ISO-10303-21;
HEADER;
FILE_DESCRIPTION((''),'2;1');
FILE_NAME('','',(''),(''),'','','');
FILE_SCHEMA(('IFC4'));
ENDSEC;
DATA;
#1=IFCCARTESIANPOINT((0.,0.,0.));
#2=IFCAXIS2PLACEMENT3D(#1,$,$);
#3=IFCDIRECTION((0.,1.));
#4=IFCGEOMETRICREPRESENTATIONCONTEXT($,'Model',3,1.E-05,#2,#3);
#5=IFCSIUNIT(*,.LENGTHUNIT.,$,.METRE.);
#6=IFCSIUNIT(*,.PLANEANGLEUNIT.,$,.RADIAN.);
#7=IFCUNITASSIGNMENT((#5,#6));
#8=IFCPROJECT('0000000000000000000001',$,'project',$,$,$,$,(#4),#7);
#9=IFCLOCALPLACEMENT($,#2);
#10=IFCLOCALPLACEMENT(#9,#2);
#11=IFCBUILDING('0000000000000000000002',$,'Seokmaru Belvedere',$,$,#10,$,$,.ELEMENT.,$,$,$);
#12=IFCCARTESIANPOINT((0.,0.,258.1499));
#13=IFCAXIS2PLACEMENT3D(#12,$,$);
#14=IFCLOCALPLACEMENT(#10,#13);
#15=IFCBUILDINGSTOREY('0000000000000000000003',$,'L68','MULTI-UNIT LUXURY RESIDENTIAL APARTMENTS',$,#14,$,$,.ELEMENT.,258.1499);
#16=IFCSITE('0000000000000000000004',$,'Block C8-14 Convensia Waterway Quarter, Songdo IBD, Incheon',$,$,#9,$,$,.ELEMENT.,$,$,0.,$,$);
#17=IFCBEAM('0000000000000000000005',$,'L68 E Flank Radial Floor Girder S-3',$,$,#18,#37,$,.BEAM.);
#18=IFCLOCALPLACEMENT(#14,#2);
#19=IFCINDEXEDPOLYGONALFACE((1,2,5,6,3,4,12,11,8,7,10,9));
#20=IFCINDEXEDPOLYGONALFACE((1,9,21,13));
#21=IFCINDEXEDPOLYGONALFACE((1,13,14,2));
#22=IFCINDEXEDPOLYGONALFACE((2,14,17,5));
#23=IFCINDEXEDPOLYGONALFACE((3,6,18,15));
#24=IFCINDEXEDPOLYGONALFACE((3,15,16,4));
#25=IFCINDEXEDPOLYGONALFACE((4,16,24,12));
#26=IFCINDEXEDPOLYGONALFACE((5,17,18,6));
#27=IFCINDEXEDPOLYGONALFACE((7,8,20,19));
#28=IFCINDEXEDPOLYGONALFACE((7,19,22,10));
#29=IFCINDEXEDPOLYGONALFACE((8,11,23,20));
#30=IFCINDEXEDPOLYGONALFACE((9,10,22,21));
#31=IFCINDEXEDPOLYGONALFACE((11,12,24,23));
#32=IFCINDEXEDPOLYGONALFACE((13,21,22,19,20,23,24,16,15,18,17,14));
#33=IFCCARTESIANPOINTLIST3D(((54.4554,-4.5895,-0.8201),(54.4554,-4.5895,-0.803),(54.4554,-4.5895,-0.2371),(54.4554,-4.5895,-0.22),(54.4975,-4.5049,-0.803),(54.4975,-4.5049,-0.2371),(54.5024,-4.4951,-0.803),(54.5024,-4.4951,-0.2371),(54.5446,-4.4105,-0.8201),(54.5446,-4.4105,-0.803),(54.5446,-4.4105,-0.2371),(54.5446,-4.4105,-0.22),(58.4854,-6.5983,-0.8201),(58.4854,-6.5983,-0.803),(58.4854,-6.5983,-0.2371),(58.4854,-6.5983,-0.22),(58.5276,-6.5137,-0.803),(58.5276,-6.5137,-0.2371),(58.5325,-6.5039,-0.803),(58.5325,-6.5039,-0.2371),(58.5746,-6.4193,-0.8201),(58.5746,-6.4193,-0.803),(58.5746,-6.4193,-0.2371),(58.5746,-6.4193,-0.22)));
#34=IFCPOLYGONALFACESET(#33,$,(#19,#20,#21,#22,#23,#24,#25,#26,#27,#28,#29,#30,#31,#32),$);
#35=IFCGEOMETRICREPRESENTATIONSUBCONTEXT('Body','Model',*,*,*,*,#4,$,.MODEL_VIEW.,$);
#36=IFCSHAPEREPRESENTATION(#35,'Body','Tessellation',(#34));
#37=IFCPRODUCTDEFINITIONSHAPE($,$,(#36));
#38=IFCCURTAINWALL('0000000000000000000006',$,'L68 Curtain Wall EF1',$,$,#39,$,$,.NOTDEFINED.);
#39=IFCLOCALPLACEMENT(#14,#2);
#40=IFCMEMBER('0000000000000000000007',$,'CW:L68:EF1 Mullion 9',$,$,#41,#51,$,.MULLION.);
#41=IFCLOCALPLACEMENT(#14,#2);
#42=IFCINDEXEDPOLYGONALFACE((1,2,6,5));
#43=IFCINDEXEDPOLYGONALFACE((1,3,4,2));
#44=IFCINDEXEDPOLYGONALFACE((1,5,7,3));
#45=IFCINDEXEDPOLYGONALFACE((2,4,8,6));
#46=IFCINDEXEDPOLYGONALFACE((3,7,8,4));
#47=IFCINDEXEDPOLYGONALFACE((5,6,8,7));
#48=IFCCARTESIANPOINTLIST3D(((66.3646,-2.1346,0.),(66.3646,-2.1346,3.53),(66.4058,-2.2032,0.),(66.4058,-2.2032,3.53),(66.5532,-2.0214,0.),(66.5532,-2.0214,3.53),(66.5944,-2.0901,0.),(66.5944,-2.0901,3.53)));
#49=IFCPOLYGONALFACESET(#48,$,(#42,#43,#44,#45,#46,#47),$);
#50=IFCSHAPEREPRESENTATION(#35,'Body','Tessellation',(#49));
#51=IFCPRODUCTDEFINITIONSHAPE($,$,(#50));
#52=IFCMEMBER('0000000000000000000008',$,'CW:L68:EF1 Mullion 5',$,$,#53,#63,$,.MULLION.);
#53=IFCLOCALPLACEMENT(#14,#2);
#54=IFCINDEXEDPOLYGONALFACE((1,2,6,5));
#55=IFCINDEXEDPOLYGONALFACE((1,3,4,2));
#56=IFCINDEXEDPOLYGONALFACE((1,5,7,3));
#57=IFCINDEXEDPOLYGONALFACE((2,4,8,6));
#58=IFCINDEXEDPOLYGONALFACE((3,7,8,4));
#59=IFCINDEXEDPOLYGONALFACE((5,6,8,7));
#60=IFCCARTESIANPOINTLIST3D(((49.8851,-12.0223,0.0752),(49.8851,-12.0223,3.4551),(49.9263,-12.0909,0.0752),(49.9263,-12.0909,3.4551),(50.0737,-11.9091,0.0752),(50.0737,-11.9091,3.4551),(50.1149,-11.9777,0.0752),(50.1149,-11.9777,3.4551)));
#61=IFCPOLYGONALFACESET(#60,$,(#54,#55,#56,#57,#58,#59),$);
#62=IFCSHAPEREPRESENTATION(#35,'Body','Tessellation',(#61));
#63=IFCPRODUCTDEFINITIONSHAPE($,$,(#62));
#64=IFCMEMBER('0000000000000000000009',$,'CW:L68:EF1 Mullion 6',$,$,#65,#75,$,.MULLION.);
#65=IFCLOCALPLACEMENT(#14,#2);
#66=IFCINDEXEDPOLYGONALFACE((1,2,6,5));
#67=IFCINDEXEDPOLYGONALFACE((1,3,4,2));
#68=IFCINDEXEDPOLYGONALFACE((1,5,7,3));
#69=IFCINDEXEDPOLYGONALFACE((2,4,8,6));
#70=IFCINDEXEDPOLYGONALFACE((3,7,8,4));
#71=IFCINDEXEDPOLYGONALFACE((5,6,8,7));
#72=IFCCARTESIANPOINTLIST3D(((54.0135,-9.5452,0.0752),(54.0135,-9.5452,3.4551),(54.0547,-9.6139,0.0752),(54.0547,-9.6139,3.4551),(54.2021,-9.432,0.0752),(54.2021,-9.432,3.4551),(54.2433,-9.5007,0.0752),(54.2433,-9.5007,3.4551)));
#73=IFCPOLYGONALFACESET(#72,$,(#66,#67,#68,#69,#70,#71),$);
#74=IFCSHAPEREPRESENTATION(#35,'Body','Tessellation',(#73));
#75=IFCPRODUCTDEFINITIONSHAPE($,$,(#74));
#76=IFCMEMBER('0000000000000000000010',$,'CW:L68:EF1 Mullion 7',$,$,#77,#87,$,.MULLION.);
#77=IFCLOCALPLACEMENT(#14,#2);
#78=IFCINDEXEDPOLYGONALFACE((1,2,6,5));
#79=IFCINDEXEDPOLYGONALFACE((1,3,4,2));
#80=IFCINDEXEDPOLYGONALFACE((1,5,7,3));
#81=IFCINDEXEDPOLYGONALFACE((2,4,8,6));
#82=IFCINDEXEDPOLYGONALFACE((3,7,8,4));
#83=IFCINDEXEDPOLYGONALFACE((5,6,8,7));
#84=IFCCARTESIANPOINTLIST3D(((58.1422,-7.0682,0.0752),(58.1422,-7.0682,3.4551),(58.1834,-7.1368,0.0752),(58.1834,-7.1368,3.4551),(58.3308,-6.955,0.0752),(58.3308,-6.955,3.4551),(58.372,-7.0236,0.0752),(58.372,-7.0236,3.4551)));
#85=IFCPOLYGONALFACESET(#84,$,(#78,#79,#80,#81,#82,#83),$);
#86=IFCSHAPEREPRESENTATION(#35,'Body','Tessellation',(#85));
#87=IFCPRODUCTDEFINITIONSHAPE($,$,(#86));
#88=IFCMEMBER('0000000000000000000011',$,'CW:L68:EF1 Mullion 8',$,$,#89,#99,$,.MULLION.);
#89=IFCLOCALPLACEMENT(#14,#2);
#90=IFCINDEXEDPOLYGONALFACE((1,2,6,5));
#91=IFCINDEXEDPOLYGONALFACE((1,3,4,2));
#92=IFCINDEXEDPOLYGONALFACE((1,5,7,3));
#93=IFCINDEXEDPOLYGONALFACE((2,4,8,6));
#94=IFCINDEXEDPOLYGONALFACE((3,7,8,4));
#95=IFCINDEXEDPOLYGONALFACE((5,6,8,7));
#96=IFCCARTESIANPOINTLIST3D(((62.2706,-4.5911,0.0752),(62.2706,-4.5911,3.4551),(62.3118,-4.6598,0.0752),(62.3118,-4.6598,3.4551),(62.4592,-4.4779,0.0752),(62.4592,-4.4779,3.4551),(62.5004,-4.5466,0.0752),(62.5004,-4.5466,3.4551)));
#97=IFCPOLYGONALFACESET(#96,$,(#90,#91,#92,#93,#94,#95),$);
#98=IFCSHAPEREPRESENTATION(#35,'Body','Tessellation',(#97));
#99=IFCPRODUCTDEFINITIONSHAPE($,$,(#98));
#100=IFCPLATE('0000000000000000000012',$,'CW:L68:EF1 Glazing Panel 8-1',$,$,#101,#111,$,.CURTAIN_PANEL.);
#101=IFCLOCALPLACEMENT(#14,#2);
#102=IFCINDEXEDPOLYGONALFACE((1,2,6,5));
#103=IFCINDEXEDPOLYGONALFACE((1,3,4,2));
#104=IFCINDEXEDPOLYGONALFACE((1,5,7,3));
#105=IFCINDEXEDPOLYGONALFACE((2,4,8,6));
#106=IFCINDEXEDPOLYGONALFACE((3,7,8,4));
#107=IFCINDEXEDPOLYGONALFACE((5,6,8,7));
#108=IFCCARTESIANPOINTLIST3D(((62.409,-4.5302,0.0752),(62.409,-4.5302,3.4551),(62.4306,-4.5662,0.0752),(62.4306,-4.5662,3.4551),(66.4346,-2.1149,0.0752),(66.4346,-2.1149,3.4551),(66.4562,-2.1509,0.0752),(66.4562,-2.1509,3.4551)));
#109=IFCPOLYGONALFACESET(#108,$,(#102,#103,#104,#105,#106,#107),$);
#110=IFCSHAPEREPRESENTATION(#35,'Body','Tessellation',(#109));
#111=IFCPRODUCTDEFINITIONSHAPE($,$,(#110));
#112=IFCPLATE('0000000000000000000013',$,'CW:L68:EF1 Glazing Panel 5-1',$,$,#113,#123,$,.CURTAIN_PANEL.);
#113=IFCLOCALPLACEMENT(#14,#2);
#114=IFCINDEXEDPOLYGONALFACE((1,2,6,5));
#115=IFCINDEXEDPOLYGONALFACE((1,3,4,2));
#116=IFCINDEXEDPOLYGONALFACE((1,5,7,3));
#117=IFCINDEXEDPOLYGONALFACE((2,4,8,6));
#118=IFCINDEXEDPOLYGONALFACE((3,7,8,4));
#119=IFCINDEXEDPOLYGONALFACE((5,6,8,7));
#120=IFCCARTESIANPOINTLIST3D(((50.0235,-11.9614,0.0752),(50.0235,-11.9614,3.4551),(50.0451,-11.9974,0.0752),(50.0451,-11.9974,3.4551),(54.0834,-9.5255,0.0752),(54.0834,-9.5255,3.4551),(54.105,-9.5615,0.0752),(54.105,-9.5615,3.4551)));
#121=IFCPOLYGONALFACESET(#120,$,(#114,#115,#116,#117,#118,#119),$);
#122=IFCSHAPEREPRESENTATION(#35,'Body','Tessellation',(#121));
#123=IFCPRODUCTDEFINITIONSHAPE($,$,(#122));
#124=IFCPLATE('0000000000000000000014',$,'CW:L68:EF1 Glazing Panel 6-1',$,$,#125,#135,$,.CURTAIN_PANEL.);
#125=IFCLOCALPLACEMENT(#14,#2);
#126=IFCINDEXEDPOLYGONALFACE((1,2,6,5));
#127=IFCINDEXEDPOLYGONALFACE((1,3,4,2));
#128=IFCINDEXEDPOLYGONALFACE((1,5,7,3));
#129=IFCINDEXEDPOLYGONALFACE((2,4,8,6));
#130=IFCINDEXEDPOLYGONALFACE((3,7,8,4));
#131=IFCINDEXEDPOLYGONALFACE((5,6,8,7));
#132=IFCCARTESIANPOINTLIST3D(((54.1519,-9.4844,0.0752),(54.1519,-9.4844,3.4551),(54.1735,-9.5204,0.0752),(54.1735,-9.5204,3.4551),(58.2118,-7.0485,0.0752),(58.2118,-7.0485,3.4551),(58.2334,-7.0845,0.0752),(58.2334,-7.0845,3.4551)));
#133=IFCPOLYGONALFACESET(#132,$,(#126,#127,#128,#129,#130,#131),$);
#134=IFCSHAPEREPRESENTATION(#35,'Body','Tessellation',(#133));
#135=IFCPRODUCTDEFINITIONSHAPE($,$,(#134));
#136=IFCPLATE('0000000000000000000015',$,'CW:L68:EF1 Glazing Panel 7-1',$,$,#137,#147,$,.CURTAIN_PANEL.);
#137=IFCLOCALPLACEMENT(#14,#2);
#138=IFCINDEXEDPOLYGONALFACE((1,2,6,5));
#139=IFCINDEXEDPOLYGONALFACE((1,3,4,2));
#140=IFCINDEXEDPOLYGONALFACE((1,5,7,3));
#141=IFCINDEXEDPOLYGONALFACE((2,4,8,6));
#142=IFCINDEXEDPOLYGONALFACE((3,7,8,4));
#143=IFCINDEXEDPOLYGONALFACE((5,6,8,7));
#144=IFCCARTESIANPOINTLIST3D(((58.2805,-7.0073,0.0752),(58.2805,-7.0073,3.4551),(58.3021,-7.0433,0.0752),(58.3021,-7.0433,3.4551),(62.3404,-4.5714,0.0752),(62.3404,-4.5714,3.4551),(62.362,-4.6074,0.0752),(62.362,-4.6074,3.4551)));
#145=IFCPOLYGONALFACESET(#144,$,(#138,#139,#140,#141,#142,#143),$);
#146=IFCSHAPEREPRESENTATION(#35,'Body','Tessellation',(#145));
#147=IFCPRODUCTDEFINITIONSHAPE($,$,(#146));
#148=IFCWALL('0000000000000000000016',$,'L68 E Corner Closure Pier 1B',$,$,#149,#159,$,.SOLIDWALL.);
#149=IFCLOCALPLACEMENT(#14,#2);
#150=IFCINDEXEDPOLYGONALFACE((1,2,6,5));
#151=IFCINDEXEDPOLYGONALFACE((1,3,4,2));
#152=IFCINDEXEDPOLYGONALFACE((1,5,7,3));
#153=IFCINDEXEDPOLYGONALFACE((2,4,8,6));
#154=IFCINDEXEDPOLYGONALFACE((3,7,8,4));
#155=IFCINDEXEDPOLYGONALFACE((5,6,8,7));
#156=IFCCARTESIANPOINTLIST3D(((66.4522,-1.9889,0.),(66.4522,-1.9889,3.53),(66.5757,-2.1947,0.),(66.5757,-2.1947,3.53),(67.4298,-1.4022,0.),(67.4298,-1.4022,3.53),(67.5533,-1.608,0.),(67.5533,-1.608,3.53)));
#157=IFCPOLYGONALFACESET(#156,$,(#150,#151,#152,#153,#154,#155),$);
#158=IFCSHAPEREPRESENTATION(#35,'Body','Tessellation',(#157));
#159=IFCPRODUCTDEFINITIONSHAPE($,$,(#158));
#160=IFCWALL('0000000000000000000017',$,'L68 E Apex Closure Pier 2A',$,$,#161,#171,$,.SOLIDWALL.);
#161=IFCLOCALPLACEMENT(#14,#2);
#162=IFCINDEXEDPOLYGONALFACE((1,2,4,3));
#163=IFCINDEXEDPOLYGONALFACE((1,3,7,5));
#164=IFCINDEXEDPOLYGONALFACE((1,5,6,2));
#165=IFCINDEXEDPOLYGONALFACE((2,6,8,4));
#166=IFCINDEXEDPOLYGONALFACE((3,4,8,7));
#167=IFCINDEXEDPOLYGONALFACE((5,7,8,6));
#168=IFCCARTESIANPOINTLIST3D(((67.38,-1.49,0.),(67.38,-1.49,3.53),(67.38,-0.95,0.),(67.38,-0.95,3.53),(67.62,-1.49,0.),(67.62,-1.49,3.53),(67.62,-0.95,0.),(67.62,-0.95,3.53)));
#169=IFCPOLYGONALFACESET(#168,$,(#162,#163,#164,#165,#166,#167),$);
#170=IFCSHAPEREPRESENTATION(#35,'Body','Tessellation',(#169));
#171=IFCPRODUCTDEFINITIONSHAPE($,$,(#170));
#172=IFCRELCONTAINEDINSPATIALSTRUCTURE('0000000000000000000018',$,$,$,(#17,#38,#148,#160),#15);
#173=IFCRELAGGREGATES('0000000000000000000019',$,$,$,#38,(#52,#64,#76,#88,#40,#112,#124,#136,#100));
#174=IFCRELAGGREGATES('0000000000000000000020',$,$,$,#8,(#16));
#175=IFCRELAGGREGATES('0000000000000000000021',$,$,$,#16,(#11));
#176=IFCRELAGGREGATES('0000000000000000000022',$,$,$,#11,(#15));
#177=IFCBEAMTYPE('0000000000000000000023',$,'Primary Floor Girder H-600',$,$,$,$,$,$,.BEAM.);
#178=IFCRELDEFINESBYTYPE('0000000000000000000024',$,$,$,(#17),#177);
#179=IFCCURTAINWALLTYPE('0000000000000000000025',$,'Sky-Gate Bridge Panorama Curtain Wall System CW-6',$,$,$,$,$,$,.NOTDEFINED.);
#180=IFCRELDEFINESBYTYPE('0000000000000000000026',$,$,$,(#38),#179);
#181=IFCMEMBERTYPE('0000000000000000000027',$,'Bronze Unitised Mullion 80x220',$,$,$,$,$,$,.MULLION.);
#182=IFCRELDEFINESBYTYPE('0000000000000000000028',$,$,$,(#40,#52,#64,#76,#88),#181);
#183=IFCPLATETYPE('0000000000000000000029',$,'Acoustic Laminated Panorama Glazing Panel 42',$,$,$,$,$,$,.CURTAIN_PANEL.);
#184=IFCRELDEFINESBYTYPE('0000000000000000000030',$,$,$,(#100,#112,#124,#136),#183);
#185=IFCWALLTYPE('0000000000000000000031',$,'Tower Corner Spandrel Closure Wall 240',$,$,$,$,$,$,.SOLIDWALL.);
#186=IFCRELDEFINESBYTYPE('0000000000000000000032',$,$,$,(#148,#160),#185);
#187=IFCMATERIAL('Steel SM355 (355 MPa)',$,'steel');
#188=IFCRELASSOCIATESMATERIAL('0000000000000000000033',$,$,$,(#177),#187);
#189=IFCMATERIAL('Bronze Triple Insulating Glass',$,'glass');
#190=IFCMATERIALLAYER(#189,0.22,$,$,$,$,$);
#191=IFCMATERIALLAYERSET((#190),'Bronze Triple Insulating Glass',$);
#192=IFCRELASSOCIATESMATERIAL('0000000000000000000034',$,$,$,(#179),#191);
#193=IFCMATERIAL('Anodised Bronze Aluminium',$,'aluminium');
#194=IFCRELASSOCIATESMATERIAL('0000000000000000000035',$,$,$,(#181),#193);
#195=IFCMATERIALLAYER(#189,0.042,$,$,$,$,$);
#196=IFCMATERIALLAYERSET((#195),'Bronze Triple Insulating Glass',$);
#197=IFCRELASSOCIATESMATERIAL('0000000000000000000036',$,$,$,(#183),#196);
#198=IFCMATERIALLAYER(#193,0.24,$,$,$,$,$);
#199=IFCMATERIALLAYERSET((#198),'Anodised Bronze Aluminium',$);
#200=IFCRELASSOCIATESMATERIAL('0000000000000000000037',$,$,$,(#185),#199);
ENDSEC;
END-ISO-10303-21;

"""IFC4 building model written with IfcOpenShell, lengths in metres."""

from ifc_helpers import new_model, si_unit, direction, frame, frame_2d, origin, origin_2d, place, context, subcontext, project, spatial, rectangle, i_section, extrude, source, transform, mapped, material, layer, layer_set, material_profile, profile_set, type_object, type_shapes, element, aggregate, save


model = new_model("IFC4")

# Units and contexts
model_context = context("Model", 3, precision=1e-05, world=origin(), true_north=direction((0.0, 1.0)))
body_context = subcontext(model_context, "Body", "Model", "MODEL_VIEW")
ifc_project = project(units=[si_unit("LENGTHUNIT", "METRE"), si_unit("PLANEANGLEUNIT", "RADIAN")], contexts=[model_context])

# Site, building, storey
site_placement = place(None, origin())
site = spatial("IfcSite", under=ifc_project, at=site_placement, Name="Block C8-14 Convensia Waterway Quarter, Songdo IBD, Incheon", CompositionType="ELEMENT", RefElevation=0.0)
building_placement = place(site_placement, origin())
building = spatial("IfcBuilding", under=site, at=building_placement, Name="Seokmaru Belvedere", CompositionType="ELEMENT")
storey_placement = place(building_placement, frame((0.0, 0.0, 258.1499)))
storey = spatial("IfcBuildingStorey", under=building, at=storey_placement, Name="L68", Description="MULTI-UNIT LUXURY RESIDENTIAL APARTMENTS", CompositionType="ELEMENT", Elevation=258.1499)

# Shared definitions
ifc_material_1 = material(Name="Steel SM355 (355 MPa)", Category="steel")

# Beam
ifc_material_profile_1 = material_profile(ifc_material_1, i_section(OverallWidth=0.2, OverallDepth=0.6001, WebThickness=0.011, FlangeThickness=0.0171, at=origin_2d()), Name="H-600x200x11x17")
ifc_profile_set_1 = profile_set([ifc_material_profile_1], Name="Steel SM355 (355 MPa)")
beam_type_1 = type_object("IfcBeamType", Name="Primary Floor Girder H-600", PredefinedType="BEAM", material=ifc_profile_set_1)
shared_shape_1 = source(origin(), body_context, "Body", "SweptSolid", [
    extrude(i_section(OverallWidth=0.2, OverallDepth=0.6001, WebThickness=0.011, FlangeThickness=0.0171, at=origin_2d()), origin(), (0.0, 0.0, 1.0), 4.5029),
])
beam_1_placement = place(storey_placement, frame((58.53, -6.5088, -0.52), z_axis=(-0.89498, 0.446107, 0.0), x_axis=(-0.446107, -0.89498, 0.0)))
element("IfcBeam", 1, at=beam_1_placement, inside=storey, type_object=beam_type_1, Name="L68 E Flank Radial Floor Girder S-3", PredefinedType="BEAM", context=body_context, shape_type="MappedRepresentation", body=[
    mapped(shared_shape_1, transform((0.0, 0.0, 0.0), scale=1.0)),
])

# Curtain wall, members, plates
ifc_material_2 = material(Name="Bronze Triple Insulating Glass", Category="glass")
ifc_layer_1 = layer(ifc_material_2, 0.22)
ifc_layer_set_1 = layer_set([ifc_layer_1], Name="Bronze Triple Insulating Glass")
curtain_wall_type = type_object("IfcCurtainWallType", Name="Sky-Gate Bridge Panorama Curtain Wall System CW-6", PredefinedType="NOTDEFINED", material=ifc_layer_set_1)
curtain_wall_placement = place(storey_placement, origin())
curtain_wall = element("IfcCurtainWall", 2, at=curtain_wall_placement, inside=storey, type_object=curtain_wall_type, Name="L68 Curtain Wall EF1", PredefinedType="NOTDEFINED")
ifc_material_3 = material(Name="Anodised Bronze Aluminium", Category="aluminium")
ifc_material_profile_2 = material_profile(ifc_material_3, rectangle(XDim=0.0801, YDim=0.22, at=origin_2d()), Name="CW-M-80x220")
ifc_profile_set_2 = profile_set([ifc_material_profile_2], Name="Anodised Bronze Aluminium")
member_type = type_object("IfcMemberType", Name="Bronze Unitised Mullion 80x220", PredefinedType="MULLION", material=ifc_profile_set_2)
shared_shape_2 = source(origin(), body_context, "Body", "SweptSolid", [
    extrude(rectangle(XDim=0.0801, YDim=0.22, at=origin_2d()), origin(), (0.0, 0.0, 1.0), 3.53),
])
member_1_placement = place(storey_placement, frame((66.4795, -2.1123, 0.0), z_axis=(0.0, 0.0, 1.0), x_axis=(-0.514495, 0.857493, 0.0)))
member_1 = element("IfcMember", 3, at=member_1_placement, type_object=member_type, Name="CW:L68:EF1 Mullion 9", PredefinedType="MULLION", context=body_context, shape_type="MappedRepresentation", body=[
    mapped(shared_shape_2, transform((0.0, 0.0, 0.0), scale=1.0)),
])
shared_shape_3 = source(origin(), body_context, "Body", "SweptSolid", [
    extrude(rectangle(XDim=0.0801, YDim=0.22, at=origin_2d()), origin(), (0.0, 0.0, 1.0), 3.3799),
])
type_shapes(member_type, [shared_shape_2, shared_shape_3])
member_2_placement = place(storey_placement, frame((50.0, -12.0, 0.0752), z_axis=(0.0, 0.0, 1.0), x_axis=(-0.514495, 0.857493, 0.0)))
member_2 = element("IfcMember", 4, at=member_2_placement, type_object=member_type, Name="CW:L68:EF1 Mullion 5", PredefinedType="MULLION", context=body_context, shape_type="MappedRepresentation", body=[
    mapped(shared_shape_3, transform((0.0, 0.0, 0.0), scale=1.0)),
])
member_3_placement = place(storey_placement, frame((54.1284, -9.5229, 0.0752), z_axis=(0.0, 0.0, 1.0), x_axis=(-0.514495, 0.857493, 0.0)))
member_3 = element("IfcMember", 5, at=member_3_placement, type_object=member_type, Name="CW:L68:EF1 Mullion 6", PredefinedType="MULLION", context=body_context, shape_type="MappedRepresentation", body=[
    mapped(shared_shape_3, transform((0.0, 0.0, 0.0), scale=1.0)),
])
member_4_placement = place(storey_placement, frame((58.2571, -7.0459, 0.0752), z_axis=(0.0, 0.0, 1.0), x_axis=(-0.514495, 0.857493, 0.0)))
member_4 = element("IfcMember", 6, at=member_4_placement, type_object=member_type, Name="CW:L68:EF1 Mullion 7", PredefinedType="MULLION", context=body_context, shape_type="MappedRepresentation", body=[
    mapped(shared_shape_3, transform((0.0, 0.0, 0.0), scale=1.0)),
])
member_5_placement = place(storey_placement, frame((62.3855, -4.5688, 0.0752), z_axis=(0.0, 0.0, 1.0), x_axis=(-0.514495, 0.857493, 0.0)))
member_5 = element("IfcMember", 7, at=member_5_placement, type_object=member_type, Name="CW:L68:EF1 Mullion 8", PredefinedType="MULLION", context=body_context, shape_type="MappedRepresentation", body=[
    mapped(shared_shape_3, transform((0.0, 0.0, 0.0), scale=1.0)),
])
ifc_layer_2 = layer(ifc_material_2, 0.042)
ifc_layer_set_2 = layer_set([ifc_layer_2], Name="Bronze Triple Insulating Glass")
plate_type = type_object("IfcPlateType", Name="Acoustic Laminated Panorama Glazing Panel 42", PredefinedType="CURTAIN_PANEL", material=ifc_layer_set_2)
shared_shape_4 = source(origin(), body_context, "Body", "SweptSolid", [
    extrude(rectangle(XDim=4.6946, YDim=0.042, at=origin_2d()), origin(), (0.0, 0.0, 1.0), 3.3799),
])
plate_1_placement = place(storey_placement, frame((64.4326, -3.3406, 0.0752), z_axis=(0.0, 0.0, 1.0), x_axis=(0.857493, 0.514495, 0.0)))
plate_1 = element("IfcPlate", 8, at=plate_1_placement, type_object=plate_type, Name="CW:L68:EF1 Glazing Panel 8-1", PredefinedType="CURTAIN_PANEL", context=body_context, shape_type="MappedRepresentation", body=[
    mapped(shared_shape_4, transform((0.0, 0.0, 0.0), scale=1.0)),
])
shared_shape_5 = source(origin(), body_context, "Body", "SweptSolid", [
    extrude(rectangle(XDim=4.7346, YDim=0.042, at=origin_2d()), origin(), (0.0, 0.0, 1.0), 3.3799),
])
type_shapes(plate_type, [shared_shape_4, shared_shape_5])
plate_2_placement = place(storey_placement, frame((52.0642, -10.7615, 0.0752), z_axis=(0.0, 0.0, 1.0), x_axis=(0.857493, 0.514495, 0.0)))
plate_2 = element("IfcPlate", 9, at=plate_2_placement, type_object=plate_type, Name="CW:L68:EF1 Glazing Panel 5-1", PredefinedType="CURTAIN_PANEL", context=body_context, shape_type="MappedRepresentation", body=[
    mapped(shared_shape_5, transform((0.0, 0.0, 0.0), scale=1.0)),
])
plate_3_placement = place(storey_placement, frame((56.1926, -8.2844, 0.0752), z_axis=(0.0, 0.0, 1.0), x_axis=(0.857493, 0.514495, 0.0)))
plate_3 = element("IfcPlate", 10, at=plate_3_placement, type_object=plate_type, Name="CW:L68:EF1 Glazing Panel 6-1", PredefinedType="CURTAIN_PANEL", context=body_context, shape_type="MappedRepresentation", body=[
    mapped(shared_shape_5, transform((0.0, 0.0, 0.0), scale=1.0)),
])
plate_4_placement = place(storey_placement, frame((60.3213, -5.8074, 0.0752), z_axis=(0.0, 0.0, 1.0), x_axis=(0.857493, 0.514495, 0.0)))
plate_4 = element("IfcPlate", 11, at=plate_4_placement, type_object=plate_type, Name="CW:L68:EF1 Glazing Panel 7-1", PredefinedType="CURTAIN_PANEL", context=body_context, shape_type="MappedRepresentation", body=[
    mapped(shared_shape_5, transform((0.0, 0.0, 0.0), scale=1.0)),
])
aggregate(curtain_wall, [member_2, member_3, member_4, member_5, member_1, plate_2, plate_3, plate_4, plate_1])

# Walls
ifc_layer_3 = layer(ifc_material_3, 0.24)
ifc_layer_set_3 = layer_set([ifc_layer_3], Name="Anodised Bronze Aluminium")
wall_type_1 = type_object("IfcWallType", Name="Tower Corner Spandrel Closure Wall 240", PredefinedType="SOLIDWALL", material=ifc_layer_set_3)
wall_1_placement = place(storey_placement, frame((66.5139, -2.0918, 0.0), z_axis=(0.0, 0.0, 1.0), x_axis=(0.857436, 0.51459, 0.0)))
element("IfcWall", 12, at=wall_1_placement, inside=storey, type_object=wall_type_1, Name="L68 E Corner Closure Pier 1B", PredefinedType="SOLIDWALL", context=body_context, shape_type="SweptSolid", body=[
    extrude(rectangle(XDim=1.1401, YDim=0.24, at=frame_2d((0.5701, 0.0))), origin(), (0.0, 0.0, 1.0), 3.53),
])
wall_2_placement = place(storey_placement, frame((67.5, -1.49, 0.0), z_axis=(0.0, 0.0, 1.0), x_axis=(0.0, 1.0, 0.0)))
element("IfcWall", 13, at=wall_2_placement, inside=storey, type_object=wall_type_1, Name="L68 E Apex Closure Pier 2A", PredefinedType="SOLIDWALL", context=body_context, shape_type="SweptSolid", body=[
    extrude(rectangle(XDim=0.54, YDim=0.24, at=frame_2d((0.27, 0.0))), origin(), (0.0, 0.0, 1.0), 3.53),
])

save(model, "model.ifc")
